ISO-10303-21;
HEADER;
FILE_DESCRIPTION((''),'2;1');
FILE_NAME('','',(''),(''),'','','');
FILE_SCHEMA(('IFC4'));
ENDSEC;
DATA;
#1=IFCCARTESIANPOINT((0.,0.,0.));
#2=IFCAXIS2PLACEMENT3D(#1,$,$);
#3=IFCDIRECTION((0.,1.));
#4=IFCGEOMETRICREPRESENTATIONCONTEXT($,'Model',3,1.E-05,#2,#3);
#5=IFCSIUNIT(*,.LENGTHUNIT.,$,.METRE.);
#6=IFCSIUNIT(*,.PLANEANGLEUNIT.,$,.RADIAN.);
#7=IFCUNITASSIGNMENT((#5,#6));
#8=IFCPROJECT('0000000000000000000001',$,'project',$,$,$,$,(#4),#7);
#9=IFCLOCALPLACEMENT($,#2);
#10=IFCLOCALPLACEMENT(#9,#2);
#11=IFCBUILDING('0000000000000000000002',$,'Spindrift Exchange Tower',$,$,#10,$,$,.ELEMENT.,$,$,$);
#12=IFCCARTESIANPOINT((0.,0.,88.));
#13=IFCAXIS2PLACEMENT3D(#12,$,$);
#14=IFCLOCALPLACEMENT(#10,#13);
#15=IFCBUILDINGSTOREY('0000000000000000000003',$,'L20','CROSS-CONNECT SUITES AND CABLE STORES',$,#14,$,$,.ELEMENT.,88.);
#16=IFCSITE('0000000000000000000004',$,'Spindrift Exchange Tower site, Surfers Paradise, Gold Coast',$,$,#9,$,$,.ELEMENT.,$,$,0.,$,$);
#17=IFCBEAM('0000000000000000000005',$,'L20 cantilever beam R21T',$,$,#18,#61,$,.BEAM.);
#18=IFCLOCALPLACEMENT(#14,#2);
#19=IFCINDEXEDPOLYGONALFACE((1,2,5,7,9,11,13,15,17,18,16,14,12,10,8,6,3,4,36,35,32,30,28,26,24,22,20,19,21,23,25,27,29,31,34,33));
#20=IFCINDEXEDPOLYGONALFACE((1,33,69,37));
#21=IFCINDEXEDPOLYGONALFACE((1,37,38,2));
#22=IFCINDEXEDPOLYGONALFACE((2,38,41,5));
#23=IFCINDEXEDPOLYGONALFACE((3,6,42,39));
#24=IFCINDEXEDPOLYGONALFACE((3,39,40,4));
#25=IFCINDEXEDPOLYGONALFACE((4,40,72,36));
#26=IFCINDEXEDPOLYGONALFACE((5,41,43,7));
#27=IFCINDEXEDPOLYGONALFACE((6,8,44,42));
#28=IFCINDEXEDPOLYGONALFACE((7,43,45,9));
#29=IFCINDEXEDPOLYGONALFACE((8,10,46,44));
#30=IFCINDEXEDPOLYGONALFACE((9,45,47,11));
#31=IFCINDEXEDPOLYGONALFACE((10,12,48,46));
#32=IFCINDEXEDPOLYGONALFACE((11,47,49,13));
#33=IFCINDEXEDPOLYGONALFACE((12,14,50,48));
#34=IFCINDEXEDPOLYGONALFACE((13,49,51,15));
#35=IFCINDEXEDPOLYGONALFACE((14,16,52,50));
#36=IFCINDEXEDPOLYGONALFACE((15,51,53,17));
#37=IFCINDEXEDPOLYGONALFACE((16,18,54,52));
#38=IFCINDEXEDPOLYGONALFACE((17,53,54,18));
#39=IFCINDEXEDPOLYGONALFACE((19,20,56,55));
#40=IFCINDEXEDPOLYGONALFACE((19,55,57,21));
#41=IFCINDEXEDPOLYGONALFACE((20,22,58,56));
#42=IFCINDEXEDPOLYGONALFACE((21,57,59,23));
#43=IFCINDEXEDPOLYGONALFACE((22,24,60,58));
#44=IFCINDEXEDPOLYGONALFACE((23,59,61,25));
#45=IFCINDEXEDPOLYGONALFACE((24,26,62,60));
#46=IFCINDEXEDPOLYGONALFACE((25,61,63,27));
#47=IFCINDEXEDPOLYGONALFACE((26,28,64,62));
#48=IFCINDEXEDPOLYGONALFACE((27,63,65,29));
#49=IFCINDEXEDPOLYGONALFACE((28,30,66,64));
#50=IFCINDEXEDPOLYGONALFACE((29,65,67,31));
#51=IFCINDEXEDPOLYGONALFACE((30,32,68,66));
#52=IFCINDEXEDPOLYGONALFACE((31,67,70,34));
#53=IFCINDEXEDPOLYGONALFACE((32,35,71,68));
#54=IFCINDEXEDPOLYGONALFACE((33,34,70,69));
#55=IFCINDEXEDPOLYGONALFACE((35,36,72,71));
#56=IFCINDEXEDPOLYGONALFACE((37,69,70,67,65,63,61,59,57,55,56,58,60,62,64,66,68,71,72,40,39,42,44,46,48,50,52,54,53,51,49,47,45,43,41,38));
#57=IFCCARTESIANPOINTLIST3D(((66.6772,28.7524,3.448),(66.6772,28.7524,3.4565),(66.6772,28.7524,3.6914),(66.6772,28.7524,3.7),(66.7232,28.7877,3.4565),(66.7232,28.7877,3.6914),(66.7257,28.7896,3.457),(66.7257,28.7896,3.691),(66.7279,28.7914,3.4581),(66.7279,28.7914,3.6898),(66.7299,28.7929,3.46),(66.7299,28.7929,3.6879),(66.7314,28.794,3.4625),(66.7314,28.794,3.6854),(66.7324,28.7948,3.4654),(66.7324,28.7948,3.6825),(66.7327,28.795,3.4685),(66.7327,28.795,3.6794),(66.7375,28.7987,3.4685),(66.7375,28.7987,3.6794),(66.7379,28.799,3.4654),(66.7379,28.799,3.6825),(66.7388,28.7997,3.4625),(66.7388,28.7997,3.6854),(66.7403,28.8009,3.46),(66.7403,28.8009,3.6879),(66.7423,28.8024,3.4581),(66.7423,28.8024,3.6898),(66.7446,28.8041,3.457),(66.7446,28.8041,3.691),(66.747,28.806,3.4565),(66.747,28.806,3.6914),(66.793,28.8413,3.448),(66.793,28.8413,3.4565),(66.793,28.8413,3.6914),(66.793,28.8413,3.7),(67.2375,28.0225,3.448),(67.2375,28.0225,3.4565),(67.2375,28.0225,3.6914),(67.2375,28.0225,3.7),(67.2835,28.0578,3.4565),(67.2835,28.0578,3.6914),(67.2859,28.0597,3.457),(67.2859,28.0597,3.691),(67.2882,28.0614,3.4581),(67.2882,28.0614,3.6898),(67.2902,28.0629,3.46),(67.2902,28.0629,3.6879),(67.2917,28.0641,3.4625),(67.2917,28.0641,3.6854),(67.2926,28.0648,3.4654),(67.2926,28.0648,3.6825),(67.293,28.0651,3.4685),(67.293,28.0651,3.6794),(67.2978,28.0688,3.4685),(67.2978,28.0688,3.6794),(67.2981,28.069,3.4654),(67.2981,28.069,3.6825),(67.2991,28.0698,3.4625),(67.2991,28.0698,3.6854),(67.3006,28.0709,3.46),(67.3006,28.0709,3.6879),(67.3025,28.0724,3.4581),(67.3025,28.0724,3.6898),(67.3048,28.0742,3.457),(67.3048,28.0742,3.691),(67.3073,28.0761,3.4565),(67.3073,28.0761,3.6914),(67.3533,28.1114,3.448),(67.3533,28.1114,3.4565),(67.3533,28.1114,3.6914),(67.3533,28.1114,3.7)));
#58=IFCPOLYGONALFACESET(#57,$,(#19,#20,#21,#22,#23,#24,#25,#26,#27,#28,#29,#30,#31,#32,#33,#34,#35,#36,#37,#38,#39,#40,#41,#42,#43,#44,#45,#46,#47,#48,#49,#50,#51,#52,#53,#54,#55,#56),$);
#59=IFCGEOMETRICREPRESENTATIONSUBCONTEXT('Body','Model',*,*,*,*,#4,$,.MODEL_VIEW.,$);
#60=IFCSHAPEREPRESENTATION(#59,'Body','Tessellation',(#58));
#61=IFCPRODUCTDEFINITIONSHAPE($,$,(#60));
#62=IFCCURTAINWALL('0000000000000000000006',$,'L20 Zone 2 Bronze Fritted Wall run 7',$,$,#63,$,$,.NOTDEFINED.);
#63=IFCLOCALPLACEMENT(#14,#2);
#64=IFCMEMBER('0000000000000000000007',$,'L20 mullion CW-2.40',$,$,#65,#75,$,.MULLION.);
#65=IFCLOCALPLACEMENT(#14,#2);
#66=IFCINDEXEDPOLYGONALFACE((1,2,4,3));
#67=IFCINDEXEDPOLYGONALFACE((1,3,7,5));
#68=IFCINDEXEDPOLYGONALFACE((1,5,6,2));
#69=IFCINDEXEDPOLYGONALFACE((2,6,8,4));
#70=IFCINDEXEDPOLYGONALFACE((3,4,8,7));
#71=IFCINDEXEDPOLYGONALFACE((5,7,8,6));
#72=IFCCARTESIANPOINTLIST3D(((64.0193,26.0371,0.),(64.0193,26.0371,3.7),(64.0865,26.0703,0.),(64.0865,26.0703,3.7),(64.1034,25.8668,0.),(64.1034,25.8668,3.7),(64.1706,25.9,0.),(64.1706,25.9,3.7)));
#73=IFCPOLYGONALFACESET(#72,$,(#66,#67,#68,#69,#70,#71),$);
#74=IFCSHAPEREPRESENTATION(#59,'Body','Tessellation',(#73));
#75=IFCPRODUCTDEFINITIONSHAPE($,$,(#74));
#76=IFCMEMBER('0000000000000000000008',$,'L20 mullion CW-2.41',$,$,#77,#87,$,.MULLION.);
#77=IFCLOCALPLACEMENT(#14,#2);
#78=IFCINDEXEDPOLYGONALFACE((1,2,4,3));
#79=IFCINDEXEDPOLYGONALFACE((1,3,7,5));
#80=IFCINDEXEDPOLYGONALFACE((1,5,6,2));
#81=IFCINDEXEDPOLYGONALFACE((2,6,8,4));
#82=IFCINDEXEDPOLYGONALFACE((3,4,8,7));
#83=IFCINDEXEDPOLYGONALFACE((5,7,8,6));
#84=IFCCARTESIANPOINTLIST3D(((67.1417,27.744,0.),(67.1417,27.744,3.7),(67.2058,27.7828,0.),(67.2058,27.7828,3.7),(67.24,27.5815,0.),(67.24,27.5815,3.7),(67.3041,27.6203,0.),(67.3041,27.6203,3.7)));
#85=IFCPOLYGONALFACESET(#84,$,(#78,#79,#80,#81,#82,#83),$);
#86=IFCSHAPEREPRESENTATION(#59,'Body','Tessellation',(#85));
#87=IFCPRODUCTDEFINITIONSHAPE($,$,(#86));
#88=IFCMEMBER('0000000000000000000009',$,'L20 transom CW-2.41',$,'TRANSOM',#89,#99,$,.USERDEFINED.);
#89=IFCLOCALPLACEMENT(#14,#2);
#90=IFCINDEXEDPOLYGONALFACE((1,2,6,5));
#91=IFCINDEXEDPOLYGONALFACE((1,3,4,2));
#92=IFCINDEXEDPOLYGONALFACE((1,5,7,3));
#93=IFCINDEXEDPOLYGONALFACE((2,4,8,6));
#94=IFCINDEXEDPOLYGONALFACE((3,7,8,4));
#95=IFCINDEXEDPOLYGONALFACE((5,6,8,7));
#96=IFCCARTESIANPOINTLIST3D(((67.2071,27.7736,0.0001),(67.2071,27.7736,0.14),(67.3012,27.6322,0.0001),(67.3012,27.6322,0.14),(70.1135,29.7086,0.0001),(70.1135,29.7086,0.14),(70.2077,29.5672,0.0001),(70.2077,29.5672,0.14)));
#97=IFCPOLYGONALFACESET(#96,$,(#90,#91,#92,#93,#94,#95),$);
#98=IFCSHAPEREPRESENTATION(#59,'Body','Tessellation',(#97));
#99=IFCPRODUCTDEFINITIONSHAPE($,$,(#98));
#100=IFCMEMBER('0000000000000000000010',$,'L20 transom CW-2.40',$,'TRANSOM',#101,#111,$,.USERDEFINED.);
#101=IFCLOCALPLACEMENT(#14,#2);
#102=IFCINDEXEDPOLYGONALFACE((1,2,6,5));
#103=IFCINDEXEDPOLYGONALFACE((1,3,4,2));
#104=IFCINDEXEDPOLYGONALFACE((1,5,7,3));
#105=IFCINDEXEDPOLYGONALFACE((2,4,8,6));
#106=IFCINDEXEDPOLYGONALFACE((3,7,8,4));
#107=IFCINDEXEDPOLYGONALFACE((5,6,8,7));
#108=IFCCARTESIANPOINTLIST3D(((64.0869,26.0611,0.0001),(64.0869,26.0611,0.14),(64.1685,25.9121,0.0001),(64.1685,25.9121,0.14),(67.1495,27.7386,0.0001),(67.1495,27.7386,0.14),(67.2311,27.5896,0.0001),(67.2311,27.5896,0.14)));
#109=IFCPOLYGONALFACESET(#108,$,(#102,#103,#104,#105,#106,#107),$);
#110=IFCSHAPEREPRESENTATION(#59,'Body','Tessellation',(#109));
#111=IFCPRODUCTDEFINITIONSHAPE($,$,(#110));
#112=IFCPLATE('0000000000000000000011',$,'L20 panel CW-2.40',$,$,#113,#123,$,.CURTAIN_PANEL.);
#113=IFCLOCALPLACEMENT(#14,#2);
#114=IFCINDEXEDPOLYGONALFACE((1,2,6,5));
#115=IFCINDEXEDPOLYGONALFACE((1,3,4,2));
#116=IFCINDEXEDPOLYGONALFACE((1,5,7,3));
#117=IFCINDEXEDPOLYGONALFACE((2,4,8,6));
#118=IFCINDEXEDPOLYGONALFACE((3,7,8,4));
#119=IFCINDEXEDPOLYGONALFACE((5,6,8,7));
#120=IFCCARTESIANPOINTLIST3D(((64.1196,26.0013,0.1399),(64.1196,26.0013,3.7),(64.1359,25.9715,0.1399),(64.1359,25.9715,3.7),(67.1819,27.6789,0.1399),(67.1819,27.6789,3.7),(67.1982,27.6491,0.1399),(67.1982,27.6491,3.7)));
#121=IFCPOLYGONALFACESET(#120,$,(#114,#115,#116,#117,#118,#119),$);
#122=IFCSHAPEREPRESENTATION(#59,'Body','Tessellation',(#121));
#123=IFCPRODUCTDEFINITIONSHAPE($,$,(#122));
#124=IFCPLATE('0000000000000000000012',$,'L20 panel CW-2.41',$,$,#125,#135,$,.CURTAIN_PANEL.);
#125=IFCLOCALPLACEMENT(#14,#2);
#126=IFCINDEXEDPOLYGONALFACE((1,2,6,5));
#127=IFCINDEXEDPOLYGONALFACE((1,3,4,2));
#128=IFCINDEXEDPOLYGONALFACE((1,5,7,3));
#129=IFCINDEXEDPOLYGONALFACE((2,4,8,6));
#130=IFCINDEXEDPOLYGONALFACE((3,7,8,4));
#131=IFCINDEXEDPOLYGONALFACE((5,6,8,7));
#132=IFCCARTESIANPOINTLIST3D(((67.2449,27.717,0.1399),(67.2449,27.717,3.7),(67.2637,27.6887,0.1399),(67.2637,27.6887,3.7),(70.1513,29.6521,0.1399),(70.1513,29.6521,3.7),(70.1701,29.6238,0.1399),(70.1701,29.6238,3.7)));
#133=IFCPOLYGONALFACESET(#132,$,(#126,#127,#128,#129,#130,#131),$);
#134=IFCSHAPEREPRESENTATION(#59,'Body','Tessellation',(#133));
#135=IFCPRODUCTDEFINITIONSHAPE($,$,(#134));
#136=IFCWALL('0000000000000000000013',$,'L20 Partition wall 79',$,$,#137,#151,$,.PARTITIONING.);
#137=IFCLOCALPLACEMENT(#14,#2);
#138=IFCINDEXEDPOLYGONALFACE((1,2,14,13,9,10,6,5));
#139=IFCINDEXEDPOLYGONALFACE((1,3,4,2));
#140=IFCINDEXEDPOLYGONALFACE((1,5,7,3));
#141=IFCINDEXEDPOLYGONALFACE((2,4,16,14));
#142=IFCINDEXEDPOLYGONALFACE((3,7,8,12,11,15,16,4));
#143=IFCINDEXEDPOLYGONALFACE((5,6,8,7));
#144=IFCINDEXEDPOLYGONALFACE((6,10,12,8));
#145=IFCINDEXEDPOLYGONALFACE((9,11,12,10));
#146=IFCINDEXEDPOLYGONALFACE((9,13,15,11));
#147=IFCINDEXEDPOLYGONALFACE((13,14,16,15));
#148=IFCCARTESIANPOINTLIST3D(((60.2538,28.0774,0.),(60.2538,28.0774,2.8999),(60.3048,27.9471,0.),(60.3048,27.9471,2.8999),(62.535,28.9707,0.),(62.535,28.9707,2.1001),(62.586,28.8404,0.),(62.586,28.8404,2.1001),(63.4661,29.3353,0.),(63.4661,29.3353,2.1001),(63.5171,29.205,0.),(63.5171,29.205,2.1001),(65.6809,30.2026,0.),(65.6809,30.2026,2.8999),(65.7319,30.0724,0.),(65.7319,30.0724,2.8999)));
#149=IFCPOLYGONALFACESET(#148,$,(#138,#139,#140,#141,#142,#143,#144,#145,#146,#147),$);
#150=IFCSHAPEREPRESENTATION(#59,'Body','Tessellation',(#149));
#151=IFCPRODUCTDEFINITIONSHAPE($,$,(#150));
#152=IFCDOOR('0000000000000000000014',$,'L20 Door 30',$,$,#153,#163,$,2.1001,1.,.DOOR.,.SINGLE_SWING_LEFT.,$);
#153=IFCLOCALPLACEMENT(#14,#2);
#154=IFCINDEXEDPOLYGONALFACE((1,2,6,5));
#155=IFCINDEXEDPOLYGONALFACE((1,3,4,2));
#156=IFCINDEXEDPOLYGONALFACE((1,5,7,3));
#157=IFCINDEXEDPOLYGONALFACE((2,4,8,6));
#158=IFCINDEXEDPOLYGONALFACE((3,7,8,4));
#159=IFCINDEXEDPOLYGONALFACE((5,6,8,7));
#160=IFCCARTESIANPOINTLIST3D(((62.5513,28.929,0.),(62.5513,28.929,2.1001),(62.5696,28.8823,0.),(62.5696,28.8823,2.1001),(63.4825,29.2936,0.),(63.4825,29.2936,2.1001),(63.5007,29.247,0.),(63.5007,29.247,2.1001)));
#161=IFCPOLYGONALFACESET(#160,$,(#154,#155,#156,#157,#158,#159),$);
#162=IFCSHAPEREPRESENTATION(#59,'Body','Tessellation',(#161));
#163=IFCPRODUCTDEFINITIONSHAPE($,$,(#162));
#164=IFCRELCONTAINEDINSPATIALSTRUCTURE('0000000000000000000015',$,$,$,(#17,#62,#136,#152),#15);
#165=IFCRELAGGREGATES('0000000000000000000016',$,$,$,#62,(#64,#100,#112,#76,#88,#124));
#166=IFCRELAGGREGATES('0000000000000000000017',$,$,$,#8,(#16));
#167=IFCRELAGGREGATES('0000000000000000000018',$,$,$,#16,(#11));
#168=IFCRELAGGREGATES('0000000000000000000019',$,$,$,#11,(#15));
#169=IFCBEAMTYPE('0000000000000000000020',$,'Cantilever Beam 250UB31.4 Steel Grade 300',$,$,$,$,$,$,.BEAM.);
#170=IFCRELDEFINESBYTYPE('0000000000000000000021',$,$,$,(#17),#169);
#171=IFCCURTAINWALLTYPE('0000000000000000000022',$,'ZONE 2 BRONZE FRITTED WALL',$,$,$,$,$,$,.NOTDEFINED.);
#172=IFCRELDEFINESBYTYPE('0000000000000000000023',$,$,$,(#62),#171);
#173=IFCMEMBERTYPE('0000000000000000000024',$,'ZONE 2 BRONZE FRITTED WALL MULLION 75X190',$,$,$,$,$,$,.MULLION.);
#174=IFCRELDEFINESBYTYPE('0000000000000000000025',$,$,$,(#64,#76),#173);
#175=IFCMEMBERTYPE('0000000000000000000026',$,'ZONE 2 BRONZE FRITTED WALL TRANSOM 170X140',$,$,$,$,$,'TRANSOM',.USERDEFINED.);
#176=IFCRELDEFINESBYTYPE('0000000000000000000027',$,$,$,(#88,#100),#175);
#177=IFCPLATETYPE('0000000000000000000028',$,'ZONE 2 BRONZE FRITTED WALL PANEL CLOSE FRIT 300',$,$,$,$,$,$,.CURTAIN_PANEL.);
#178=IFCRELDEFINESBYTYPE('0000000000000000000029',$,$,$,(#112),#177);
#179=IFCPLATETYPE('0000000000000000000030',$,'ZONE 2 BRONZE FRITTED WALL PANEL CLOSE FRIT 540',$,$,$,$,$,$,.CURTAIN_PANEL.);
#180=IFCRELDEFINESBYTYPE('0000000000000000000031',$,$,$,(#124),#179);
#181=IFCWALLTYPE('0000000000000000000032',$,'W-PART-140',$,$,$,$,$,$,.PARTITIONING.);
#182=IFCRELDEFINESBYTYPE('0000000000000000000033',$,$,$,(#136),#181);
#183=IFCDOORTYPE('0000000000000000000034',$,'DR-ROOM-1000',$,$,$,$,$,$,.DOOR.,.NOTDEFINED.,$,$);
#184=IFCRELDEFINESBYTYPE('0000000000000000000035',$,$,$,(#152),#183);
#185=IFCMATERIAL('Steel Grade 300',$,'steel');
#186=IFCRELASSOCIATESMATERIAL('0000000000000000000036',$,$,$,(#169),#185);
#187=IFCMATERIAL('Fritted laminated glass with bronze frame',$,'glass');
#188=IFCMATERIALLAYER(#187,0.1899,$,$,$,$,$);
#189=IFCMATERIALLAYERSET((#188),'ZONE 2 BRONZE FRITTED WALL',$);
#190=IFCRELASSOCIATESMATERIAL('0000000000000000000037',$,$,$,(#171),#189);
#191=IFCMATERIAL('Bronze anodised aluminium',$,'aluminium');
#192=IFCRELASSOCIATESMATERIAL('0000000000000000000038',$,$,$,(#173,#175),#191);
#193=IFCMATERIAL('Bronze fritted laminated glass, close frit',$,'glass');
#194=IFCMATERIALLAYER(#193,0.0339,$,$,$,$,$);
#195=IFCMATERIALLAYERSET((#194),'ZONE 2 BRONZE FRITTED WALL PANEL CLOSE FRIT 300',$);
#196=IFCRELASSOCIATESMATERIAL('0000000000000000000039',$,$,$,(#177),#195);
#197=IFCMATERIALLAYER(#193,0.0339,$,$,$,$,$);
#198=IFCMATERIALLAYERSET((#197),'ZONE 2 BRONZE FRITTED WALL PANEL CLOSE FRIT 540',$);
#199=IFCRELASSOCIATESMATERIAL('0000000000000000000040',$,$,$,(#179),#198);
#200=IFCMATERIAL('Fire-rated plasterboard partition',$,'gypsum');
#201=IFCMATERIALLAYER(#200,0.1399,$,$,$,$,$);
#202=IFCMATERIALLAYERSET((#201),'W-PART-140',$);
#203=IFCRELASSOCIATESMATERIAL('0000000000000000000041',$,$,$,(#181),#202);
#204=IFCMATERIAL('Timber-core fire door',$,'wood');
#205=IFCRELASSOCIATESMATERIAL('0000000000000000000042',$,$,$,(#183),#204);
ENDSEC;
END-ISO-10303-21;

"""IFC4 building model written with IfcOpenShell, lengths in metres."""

from ifc_helpers import new_model, si_unit, direction, frame, frame_2d, origin, origin_2d, place, context, subcontext, project, spatial, rectangle, i_section, extrude, source, transform, mapped, material, layer, layer_set, material_profile, profile_set, type_object, element, fill, aggregate, save


model = new_model("IFC4")

# Units and contexts
model_context = context("Model", 3, precision=1e-05, world=origin(), true_north=direction((0.0, 1.0)))
body_context = subcontext(model_context, "Body", "Model", "MODEL_VIEW")
ifc_project = project(units=[si_unit("LENGTHUNIT", "METRE"), si_unit("PLANEANGLEUNIT", "RADIAN")], contexts=[model_context])

# Site, building, storey
site_placement = place(None, origin())
site = spatial("IfcSite", under=ifc_project, at=site_placement, Name="Spindrift Exchange Tower site, Surfers Paradise, Gold Coast", CompositionType="ELEMENT", RefElevation=0.0)
building_placement = place(site_placement, origin())
building = spatial("IfcBuilding", under=site, at=building_placement, Name="Spindrift Exchange Tower", CompositionType="ELEMENT")
storey_placement = place(building_placement, frame((0.0, 0.0, 88.0)))
storey = spatial("IfcBuildingStorey", under=building, at=storey_placement, Name="L20", Description="CROSS-CONNECT SUITES AND CABLE STORES", CompositionType="ELEMENT", Elevation=88.0)

# Beam
ifc_material_1 = material(Name="Steel Grade 300", Category="steel")
ifc_material_profile_1 = material_profile(ifc_material_1, i_section(OverallWidth=0.146, OverallDepth=0.252, WebThickness=0.0061, FlangeThickness=0.0085, FilletRadius=0.012, at=origin_2d()), Name="250UB31.4")
ifc_profile_set_1 = profile_set([ifc_material_profile_1], Name="Steel Grade 300")
beam_type_1 = type_object("IfcBeamType", Name="Cantilever Beam 250UB31.4 Steel Grade 300", PredefinedType="BEAM", material=ifc_profile_set_1)
shared_shape_1 = source(origin(), body_context, "Body", "SweptSolid", [
    extrude(i_section(OverallWidth=0.146, OverallDepth=0.252, WebThickness=0.0061, FlangeThickness=0.0085, FilletRadius=0.012, at=origin_2d()), origin(), (0.0, 0.0, 1.0), 0.9202),
])
beam_1_placement = place(storey_placement, frame((66.7351, 28.7969, 3.574), z_axis=(0.608877, -0.793265, 0.0), x_axis=(0.793265, 0.608877, 0.0)))
element("IfcBeam", 1, at=beam_1_placement, inside=storey, type_object=beam_type_1, Name="L20 cantilever beam R21T", PredefinedType="BEAM", context=body_context, shape_type="MappedRepresentation", body=[
    mapped(shared_shape_1, transform((0.0, 0.0, 0.0), scale=1.0)),
])

# Curtain wall, members, plates
ifc_material_2 = material(Name="Fritted laminated glass with bronze frame", Category="glass")
ifc_layer_1 = layer(ifc_material_2, 0.1899)
ifc_layer_set_1 = layer_set([ifc_layer_1], Name="ZONE 2 BRONZE FRITTED WALL")
curtain_wall_type = type_object("IfcCurtainWallType", Name="ZONE 2 BRONZE FRITTED WALL", PredefinedType="NOTDEFINED", material=ifc_layer_set_1)
curtain_wall_placement = place(storey_placement, origin())
curtain_wall = element("IfcCurtainWall", 2, at=curtain_wall_placement, inside=storey, type_object=curtain_wall_type, Name="L20 Zone 2 Bronze Fritted Wall run 7", PredefinedType="NOTDEFINED")
ifc_material_3 = material(Name="Bronze anodised aluminium", Category="aluminium")
ifc_material_profile_2 = material_profile(ifc_material_3, rectangle(XDim=0.075, YDim=0.1899, at=origin_2d()), Name="ZONE 2 BRONZE FRITTED WALL MULLION 75X190")
ifc_profile_set_2 = profile_set([ifc_material_profile_2], Name="Bronze anodised aluminium")
member_type_1 = type_object("IfcMemberType", Name="ZONE 2 BRONZE FRITTED WALL MULLION 75X190", PredefinedType="MULLION", material=ifc_profile_set_2)
shared_shape_2 = source(origin(), body_context, "Body", "SweptSolid", [
    extrude(rectangle(XDim=0.075, YDim=0.1899, at=origin_2d()), origin(), (0.0, 0.0, 1.0), 3.7),
])
member_1_placement = place(storey_placement, frame((64.095, 25.9685, 0.0), z_axis=(0.0, 0.0, 1.0), x_axis=(0.896561, 0.44292, 0.0)))
member_1 = element("IfcMember", 3, at=member_1_placement, type_object=member_type_1, Name="L20 mullion CW-2.40", PredefinedType="MULLION", context=body_context, shape_type="MappedRepresentation", body=[
    mapped(shared_shape_2, transform((0.0, 0.0, 0.0), scale=1.0)),
])
member_2_placement = place(storey_placement, frame((67.2229, 27.6821, 0.0), z_axis=(0.0, 0.0, 1.0), x_axis=(0.855502, 0.5178, 0.0)))
member_2 = element("IfcMember", 4, at=member_2_placement, type_object=member_type_1, Name="L20 mullion CW-2.41", PredefinedType="MULLION", context=body_context, shape_type="MappedRepresentation", body=[
    mapped(shared_shape_2, transform((0.0, 0.0, 0.0), scale=1.0)),
])
ifc_material_profile_3 = material_profile(ifc_material_3, rectangle(XDim=0.1699, YDim=0.1399, at=origin_2d()), Name="ZONE 2 BRONZE FRITTED WALL TRANSOM 170X140")
ifc_profile_set_3 = profile_set([ifc_material_profile_3], Name="Bronze anodised aluminium")
member_type_2 = type_object("IfcMemberType", Name="ZONE 2 BRONZE FRITTED WALL TRANSOM 170X140", ElementType="TRANSOM", PredefinedType="USERDEFINED", material=ifc_profile_set_3)
shared_shape_3 = source(origin(), body_context, "Body", "SweptSolid", [
    extrude(rectangle(XDim=0.1699, YDim=0.1399, at=origin_2d()), origin(), (0.0, 0.0, 1.0), 3.4917),
])
member_3_placement = place(storey_placement, frame((67.2542, 27.7029, 0.0701), z_axis=(0.832394, 0.554184, 0.0), x_axis=(-0.554184, 0.832394, 0.0)))
member_3 = element("IfcMember", 5, at=member_3_placement, type_object=member_type_2, Name="L20 transom CW-2.41", ObjectType="TRANSOM", PredefinedType="USERDEFINED", context=body_context, shape_type="MappedRepresentation", body=[
    mapped(shared_shape_3, transform((0.0, 0.0, 0.0), scale=1.0)),
])
shared_shape_4 = source(origin(), body_context, "Body", "SweptSolid", [
    extrude(rectangle(XDim=0.1699, YDim=0.1399, at=origin_2d()), origin(), (0.0, 0.0, 1.0), 3.4919),
])
member_4_placement = place(storey_placement, frame((64.1277, 25.9866, 0.0701), z_axis=(0.877047, 0.480404, 0.0), x_axis=(-0.480404, 0.877047, 0.0)))
member_4 = element("IfcMember", 6, at=member_4_placement, type_object=member_type_2, Name="L20 transom CW-2.40", ObjectType="TRANSOM", PredefinedType="USERDEFINED", context=body_context, shape_type="MappedRepresentation", body=[
    mapped(shared_shape_4, transform((0.0, 0.0, 0.0), scale=1.0)),
])
ifc_material_4 = material(Name="Bronze fritted laminated glass, close frit", Category="glass")
ifc_layer_2 = layer(ifc_material_4, 0.0339)
ifc_layer_set_2 = layer_set([ifc_layer_2], Name="ZONE 2 BRONZE FRITTED WALL PANEL CLOSE FRIT 300")
plate_type_1 = type_object("IfcPlateType", Name="ZONE 2 BRONZE FRITTED WALL PANEL CLOSE FRIT 300", PredefinedType="CURTAIN_PANEL", material=ifc_layer_set_2)
shared_shape_5 = source(origin(), body_context, "Body", "SweptSolid", [
    extrude(rectangle(XDim=3.4917, YDim=0.0339, at=origin_2d()), origin(), (0.0, 0.0, 1.0), 3.5601),
])
plate_1_placement = place(storey_placement, frame((65.6589, 26.8252, 0.1399), z_axis=(0.0, 0.0, 1.0), x_axis=(0.877026, 0.480442, 0.0)))
plate_1 = element("IfcPlate", 7, at=plate_1_placement, type_object=plate_type_1, Name="L20 panel CW-2.40", PredefinedType="CURTAIN_PANEL", context=body_context, shape_type="MappedRepresentation", body=[
    mapped(shared_shape_5, transform((0.0, 0.0, 0.0), scale=1.0)),
])
ifc_layer_3 = layer(ifc_material_4, 0.0339)
ifc_layer_set_3 = layer_set([ifc_layer_3], Name="ZONE 2 BRONZE FRITTED WALL PANEL CLOSE FRIT 540")
plate_type_2 = type_object("IfcPlateType", Name="ZONE 2 BRONZE FRITTED WALL PANEL CLOSE FRIT 540", PredefinedType="CURTAIN_PANEL", material=ifc_layer_set_3)
shared_shape_6 = source(origin(), body_context, "Body", "SweptSolid", [
    extrude(rectangle(XDim=3.4917, YDim=0.0339, at=origin_2d()), origin(), (0.0, 0.0, 1.0), 3.5601),
])
plate_2_placement = place(storey_placement, frame((68.7075, 28.6704, 0.1399), z_axis=(0.0, 0.0, 1.0), x_axis=(0.832387, 0.554195, 0.0)))
plate_2 = element("IfcPlate", 8, at=plate_2_placement, type_object=plate_type_2, Name="L20 panel CW-2.41", PredefinedType="CURTAIN_PANEL", context=body_context, shape_type="MappedRepresentation", body=[
    mapped(shared_shape_6, transform((0.0, 0.0, 0.0), scale=1.0)),
])
aggregate(curtain_wall, [member_1, member_4, plate_1, member_2, member_3, plate_2])

# Wall, opening, door
ifc_material_5 = material(Name="Fire-rated plasterboard partition", Category="gypsum")
ifc_layer_4 = layer(ifc_material_5, 0.1399)
ifc_layer_set_4 = layer_set([ifc_layer_4], Name="W-PART-140")
wall_type_1 = type_object("IfcWallType", Name="W-PART-140", PredefinedType="PARTITIONING", material=ifc_layer_set_4)
wall_1_placement = place(storey_placement, frame((65.7063, 30.1375, 0.0), z_axis=(0.0, 0.0, 1.0), x_axis=(-0.931148, -0.364643, 0.0)))
wall_1 = element("IfcWall", 9, at=wall_1_placement, inside=storey, type_object=wall_type_1, Name="L20 Partition wall 79", PredefinedType="PARTITIONING", context=body_context, shape_type="SweptSolid", body=[
    extrude(rectangle(XDim=5.8284, YDim=0.1399, at=frame_2d((2.9141, 0.0))), origin(), (0.0, 0.0, 1.0), 2.8999),
])
opening_1_placement = place(wall_1_placement, frame((2.3784, 0.0, 0.0)))
opening_1 = element("IfcOpeningElement", 10, at=opening_1_placement, cuts=wall_1, PredefinedType="OPENING", context=body_context, shape_type="SweptSolid", body=[
    extrude(rectangle(XDim=1.0, YDim=2.1001, at=frame_2d((0.5, 1.05))), frame((0.0, 0.0798, 0.0), z_axis=(0.0, -1.0, 0.0), x_axis=(1.0, 0.0, 0.0)), (0.0, 0.0, 1.0), 0.1599),
])
ifc_material_6 = material(Name="Timber-core fire door", Category="wood")
door_type_1 = type_object("IfcDoorType", Name="DR-ROOM-1000", OperationType="NOTDEFINED", PredefinedType="DOOR", material=ifc_material_6)
shared_shape_7 = source(origin(), body_context, "Body", "SweptSolid", [
    extrude(rectangle(XDim=1.0, YDim=2.1001, at=frame_2d((0.5, 1.05))), frame((0.0, 0.0249, 0.0), z_axis=(0.0, -1.0, 0.0), x_axis=(1.0, 0.0, 0.0)), (0.0, 0.0, 1.0), 0.05),
])
door_1_placement = place(opening_1_placement, origin())
door_1 = element("IfcDoor", 11, at=door_1_placement, inside=storey, type_object=door_type_1, Name="L20 Door 30", OperationType="SINGLE_SWING_LEFT", OverallHeight=2.1001, OverallWidth=1.0, PredefinedType="DOOR", context=body_context, shape_type="MappedRepresentation", body=[
    mapped(shared_shape_7, transform((0.0, 0.0, 0.0), scale=1.0)),
])
fill(opening_1, door_1)

save(model, "model.ifc")
